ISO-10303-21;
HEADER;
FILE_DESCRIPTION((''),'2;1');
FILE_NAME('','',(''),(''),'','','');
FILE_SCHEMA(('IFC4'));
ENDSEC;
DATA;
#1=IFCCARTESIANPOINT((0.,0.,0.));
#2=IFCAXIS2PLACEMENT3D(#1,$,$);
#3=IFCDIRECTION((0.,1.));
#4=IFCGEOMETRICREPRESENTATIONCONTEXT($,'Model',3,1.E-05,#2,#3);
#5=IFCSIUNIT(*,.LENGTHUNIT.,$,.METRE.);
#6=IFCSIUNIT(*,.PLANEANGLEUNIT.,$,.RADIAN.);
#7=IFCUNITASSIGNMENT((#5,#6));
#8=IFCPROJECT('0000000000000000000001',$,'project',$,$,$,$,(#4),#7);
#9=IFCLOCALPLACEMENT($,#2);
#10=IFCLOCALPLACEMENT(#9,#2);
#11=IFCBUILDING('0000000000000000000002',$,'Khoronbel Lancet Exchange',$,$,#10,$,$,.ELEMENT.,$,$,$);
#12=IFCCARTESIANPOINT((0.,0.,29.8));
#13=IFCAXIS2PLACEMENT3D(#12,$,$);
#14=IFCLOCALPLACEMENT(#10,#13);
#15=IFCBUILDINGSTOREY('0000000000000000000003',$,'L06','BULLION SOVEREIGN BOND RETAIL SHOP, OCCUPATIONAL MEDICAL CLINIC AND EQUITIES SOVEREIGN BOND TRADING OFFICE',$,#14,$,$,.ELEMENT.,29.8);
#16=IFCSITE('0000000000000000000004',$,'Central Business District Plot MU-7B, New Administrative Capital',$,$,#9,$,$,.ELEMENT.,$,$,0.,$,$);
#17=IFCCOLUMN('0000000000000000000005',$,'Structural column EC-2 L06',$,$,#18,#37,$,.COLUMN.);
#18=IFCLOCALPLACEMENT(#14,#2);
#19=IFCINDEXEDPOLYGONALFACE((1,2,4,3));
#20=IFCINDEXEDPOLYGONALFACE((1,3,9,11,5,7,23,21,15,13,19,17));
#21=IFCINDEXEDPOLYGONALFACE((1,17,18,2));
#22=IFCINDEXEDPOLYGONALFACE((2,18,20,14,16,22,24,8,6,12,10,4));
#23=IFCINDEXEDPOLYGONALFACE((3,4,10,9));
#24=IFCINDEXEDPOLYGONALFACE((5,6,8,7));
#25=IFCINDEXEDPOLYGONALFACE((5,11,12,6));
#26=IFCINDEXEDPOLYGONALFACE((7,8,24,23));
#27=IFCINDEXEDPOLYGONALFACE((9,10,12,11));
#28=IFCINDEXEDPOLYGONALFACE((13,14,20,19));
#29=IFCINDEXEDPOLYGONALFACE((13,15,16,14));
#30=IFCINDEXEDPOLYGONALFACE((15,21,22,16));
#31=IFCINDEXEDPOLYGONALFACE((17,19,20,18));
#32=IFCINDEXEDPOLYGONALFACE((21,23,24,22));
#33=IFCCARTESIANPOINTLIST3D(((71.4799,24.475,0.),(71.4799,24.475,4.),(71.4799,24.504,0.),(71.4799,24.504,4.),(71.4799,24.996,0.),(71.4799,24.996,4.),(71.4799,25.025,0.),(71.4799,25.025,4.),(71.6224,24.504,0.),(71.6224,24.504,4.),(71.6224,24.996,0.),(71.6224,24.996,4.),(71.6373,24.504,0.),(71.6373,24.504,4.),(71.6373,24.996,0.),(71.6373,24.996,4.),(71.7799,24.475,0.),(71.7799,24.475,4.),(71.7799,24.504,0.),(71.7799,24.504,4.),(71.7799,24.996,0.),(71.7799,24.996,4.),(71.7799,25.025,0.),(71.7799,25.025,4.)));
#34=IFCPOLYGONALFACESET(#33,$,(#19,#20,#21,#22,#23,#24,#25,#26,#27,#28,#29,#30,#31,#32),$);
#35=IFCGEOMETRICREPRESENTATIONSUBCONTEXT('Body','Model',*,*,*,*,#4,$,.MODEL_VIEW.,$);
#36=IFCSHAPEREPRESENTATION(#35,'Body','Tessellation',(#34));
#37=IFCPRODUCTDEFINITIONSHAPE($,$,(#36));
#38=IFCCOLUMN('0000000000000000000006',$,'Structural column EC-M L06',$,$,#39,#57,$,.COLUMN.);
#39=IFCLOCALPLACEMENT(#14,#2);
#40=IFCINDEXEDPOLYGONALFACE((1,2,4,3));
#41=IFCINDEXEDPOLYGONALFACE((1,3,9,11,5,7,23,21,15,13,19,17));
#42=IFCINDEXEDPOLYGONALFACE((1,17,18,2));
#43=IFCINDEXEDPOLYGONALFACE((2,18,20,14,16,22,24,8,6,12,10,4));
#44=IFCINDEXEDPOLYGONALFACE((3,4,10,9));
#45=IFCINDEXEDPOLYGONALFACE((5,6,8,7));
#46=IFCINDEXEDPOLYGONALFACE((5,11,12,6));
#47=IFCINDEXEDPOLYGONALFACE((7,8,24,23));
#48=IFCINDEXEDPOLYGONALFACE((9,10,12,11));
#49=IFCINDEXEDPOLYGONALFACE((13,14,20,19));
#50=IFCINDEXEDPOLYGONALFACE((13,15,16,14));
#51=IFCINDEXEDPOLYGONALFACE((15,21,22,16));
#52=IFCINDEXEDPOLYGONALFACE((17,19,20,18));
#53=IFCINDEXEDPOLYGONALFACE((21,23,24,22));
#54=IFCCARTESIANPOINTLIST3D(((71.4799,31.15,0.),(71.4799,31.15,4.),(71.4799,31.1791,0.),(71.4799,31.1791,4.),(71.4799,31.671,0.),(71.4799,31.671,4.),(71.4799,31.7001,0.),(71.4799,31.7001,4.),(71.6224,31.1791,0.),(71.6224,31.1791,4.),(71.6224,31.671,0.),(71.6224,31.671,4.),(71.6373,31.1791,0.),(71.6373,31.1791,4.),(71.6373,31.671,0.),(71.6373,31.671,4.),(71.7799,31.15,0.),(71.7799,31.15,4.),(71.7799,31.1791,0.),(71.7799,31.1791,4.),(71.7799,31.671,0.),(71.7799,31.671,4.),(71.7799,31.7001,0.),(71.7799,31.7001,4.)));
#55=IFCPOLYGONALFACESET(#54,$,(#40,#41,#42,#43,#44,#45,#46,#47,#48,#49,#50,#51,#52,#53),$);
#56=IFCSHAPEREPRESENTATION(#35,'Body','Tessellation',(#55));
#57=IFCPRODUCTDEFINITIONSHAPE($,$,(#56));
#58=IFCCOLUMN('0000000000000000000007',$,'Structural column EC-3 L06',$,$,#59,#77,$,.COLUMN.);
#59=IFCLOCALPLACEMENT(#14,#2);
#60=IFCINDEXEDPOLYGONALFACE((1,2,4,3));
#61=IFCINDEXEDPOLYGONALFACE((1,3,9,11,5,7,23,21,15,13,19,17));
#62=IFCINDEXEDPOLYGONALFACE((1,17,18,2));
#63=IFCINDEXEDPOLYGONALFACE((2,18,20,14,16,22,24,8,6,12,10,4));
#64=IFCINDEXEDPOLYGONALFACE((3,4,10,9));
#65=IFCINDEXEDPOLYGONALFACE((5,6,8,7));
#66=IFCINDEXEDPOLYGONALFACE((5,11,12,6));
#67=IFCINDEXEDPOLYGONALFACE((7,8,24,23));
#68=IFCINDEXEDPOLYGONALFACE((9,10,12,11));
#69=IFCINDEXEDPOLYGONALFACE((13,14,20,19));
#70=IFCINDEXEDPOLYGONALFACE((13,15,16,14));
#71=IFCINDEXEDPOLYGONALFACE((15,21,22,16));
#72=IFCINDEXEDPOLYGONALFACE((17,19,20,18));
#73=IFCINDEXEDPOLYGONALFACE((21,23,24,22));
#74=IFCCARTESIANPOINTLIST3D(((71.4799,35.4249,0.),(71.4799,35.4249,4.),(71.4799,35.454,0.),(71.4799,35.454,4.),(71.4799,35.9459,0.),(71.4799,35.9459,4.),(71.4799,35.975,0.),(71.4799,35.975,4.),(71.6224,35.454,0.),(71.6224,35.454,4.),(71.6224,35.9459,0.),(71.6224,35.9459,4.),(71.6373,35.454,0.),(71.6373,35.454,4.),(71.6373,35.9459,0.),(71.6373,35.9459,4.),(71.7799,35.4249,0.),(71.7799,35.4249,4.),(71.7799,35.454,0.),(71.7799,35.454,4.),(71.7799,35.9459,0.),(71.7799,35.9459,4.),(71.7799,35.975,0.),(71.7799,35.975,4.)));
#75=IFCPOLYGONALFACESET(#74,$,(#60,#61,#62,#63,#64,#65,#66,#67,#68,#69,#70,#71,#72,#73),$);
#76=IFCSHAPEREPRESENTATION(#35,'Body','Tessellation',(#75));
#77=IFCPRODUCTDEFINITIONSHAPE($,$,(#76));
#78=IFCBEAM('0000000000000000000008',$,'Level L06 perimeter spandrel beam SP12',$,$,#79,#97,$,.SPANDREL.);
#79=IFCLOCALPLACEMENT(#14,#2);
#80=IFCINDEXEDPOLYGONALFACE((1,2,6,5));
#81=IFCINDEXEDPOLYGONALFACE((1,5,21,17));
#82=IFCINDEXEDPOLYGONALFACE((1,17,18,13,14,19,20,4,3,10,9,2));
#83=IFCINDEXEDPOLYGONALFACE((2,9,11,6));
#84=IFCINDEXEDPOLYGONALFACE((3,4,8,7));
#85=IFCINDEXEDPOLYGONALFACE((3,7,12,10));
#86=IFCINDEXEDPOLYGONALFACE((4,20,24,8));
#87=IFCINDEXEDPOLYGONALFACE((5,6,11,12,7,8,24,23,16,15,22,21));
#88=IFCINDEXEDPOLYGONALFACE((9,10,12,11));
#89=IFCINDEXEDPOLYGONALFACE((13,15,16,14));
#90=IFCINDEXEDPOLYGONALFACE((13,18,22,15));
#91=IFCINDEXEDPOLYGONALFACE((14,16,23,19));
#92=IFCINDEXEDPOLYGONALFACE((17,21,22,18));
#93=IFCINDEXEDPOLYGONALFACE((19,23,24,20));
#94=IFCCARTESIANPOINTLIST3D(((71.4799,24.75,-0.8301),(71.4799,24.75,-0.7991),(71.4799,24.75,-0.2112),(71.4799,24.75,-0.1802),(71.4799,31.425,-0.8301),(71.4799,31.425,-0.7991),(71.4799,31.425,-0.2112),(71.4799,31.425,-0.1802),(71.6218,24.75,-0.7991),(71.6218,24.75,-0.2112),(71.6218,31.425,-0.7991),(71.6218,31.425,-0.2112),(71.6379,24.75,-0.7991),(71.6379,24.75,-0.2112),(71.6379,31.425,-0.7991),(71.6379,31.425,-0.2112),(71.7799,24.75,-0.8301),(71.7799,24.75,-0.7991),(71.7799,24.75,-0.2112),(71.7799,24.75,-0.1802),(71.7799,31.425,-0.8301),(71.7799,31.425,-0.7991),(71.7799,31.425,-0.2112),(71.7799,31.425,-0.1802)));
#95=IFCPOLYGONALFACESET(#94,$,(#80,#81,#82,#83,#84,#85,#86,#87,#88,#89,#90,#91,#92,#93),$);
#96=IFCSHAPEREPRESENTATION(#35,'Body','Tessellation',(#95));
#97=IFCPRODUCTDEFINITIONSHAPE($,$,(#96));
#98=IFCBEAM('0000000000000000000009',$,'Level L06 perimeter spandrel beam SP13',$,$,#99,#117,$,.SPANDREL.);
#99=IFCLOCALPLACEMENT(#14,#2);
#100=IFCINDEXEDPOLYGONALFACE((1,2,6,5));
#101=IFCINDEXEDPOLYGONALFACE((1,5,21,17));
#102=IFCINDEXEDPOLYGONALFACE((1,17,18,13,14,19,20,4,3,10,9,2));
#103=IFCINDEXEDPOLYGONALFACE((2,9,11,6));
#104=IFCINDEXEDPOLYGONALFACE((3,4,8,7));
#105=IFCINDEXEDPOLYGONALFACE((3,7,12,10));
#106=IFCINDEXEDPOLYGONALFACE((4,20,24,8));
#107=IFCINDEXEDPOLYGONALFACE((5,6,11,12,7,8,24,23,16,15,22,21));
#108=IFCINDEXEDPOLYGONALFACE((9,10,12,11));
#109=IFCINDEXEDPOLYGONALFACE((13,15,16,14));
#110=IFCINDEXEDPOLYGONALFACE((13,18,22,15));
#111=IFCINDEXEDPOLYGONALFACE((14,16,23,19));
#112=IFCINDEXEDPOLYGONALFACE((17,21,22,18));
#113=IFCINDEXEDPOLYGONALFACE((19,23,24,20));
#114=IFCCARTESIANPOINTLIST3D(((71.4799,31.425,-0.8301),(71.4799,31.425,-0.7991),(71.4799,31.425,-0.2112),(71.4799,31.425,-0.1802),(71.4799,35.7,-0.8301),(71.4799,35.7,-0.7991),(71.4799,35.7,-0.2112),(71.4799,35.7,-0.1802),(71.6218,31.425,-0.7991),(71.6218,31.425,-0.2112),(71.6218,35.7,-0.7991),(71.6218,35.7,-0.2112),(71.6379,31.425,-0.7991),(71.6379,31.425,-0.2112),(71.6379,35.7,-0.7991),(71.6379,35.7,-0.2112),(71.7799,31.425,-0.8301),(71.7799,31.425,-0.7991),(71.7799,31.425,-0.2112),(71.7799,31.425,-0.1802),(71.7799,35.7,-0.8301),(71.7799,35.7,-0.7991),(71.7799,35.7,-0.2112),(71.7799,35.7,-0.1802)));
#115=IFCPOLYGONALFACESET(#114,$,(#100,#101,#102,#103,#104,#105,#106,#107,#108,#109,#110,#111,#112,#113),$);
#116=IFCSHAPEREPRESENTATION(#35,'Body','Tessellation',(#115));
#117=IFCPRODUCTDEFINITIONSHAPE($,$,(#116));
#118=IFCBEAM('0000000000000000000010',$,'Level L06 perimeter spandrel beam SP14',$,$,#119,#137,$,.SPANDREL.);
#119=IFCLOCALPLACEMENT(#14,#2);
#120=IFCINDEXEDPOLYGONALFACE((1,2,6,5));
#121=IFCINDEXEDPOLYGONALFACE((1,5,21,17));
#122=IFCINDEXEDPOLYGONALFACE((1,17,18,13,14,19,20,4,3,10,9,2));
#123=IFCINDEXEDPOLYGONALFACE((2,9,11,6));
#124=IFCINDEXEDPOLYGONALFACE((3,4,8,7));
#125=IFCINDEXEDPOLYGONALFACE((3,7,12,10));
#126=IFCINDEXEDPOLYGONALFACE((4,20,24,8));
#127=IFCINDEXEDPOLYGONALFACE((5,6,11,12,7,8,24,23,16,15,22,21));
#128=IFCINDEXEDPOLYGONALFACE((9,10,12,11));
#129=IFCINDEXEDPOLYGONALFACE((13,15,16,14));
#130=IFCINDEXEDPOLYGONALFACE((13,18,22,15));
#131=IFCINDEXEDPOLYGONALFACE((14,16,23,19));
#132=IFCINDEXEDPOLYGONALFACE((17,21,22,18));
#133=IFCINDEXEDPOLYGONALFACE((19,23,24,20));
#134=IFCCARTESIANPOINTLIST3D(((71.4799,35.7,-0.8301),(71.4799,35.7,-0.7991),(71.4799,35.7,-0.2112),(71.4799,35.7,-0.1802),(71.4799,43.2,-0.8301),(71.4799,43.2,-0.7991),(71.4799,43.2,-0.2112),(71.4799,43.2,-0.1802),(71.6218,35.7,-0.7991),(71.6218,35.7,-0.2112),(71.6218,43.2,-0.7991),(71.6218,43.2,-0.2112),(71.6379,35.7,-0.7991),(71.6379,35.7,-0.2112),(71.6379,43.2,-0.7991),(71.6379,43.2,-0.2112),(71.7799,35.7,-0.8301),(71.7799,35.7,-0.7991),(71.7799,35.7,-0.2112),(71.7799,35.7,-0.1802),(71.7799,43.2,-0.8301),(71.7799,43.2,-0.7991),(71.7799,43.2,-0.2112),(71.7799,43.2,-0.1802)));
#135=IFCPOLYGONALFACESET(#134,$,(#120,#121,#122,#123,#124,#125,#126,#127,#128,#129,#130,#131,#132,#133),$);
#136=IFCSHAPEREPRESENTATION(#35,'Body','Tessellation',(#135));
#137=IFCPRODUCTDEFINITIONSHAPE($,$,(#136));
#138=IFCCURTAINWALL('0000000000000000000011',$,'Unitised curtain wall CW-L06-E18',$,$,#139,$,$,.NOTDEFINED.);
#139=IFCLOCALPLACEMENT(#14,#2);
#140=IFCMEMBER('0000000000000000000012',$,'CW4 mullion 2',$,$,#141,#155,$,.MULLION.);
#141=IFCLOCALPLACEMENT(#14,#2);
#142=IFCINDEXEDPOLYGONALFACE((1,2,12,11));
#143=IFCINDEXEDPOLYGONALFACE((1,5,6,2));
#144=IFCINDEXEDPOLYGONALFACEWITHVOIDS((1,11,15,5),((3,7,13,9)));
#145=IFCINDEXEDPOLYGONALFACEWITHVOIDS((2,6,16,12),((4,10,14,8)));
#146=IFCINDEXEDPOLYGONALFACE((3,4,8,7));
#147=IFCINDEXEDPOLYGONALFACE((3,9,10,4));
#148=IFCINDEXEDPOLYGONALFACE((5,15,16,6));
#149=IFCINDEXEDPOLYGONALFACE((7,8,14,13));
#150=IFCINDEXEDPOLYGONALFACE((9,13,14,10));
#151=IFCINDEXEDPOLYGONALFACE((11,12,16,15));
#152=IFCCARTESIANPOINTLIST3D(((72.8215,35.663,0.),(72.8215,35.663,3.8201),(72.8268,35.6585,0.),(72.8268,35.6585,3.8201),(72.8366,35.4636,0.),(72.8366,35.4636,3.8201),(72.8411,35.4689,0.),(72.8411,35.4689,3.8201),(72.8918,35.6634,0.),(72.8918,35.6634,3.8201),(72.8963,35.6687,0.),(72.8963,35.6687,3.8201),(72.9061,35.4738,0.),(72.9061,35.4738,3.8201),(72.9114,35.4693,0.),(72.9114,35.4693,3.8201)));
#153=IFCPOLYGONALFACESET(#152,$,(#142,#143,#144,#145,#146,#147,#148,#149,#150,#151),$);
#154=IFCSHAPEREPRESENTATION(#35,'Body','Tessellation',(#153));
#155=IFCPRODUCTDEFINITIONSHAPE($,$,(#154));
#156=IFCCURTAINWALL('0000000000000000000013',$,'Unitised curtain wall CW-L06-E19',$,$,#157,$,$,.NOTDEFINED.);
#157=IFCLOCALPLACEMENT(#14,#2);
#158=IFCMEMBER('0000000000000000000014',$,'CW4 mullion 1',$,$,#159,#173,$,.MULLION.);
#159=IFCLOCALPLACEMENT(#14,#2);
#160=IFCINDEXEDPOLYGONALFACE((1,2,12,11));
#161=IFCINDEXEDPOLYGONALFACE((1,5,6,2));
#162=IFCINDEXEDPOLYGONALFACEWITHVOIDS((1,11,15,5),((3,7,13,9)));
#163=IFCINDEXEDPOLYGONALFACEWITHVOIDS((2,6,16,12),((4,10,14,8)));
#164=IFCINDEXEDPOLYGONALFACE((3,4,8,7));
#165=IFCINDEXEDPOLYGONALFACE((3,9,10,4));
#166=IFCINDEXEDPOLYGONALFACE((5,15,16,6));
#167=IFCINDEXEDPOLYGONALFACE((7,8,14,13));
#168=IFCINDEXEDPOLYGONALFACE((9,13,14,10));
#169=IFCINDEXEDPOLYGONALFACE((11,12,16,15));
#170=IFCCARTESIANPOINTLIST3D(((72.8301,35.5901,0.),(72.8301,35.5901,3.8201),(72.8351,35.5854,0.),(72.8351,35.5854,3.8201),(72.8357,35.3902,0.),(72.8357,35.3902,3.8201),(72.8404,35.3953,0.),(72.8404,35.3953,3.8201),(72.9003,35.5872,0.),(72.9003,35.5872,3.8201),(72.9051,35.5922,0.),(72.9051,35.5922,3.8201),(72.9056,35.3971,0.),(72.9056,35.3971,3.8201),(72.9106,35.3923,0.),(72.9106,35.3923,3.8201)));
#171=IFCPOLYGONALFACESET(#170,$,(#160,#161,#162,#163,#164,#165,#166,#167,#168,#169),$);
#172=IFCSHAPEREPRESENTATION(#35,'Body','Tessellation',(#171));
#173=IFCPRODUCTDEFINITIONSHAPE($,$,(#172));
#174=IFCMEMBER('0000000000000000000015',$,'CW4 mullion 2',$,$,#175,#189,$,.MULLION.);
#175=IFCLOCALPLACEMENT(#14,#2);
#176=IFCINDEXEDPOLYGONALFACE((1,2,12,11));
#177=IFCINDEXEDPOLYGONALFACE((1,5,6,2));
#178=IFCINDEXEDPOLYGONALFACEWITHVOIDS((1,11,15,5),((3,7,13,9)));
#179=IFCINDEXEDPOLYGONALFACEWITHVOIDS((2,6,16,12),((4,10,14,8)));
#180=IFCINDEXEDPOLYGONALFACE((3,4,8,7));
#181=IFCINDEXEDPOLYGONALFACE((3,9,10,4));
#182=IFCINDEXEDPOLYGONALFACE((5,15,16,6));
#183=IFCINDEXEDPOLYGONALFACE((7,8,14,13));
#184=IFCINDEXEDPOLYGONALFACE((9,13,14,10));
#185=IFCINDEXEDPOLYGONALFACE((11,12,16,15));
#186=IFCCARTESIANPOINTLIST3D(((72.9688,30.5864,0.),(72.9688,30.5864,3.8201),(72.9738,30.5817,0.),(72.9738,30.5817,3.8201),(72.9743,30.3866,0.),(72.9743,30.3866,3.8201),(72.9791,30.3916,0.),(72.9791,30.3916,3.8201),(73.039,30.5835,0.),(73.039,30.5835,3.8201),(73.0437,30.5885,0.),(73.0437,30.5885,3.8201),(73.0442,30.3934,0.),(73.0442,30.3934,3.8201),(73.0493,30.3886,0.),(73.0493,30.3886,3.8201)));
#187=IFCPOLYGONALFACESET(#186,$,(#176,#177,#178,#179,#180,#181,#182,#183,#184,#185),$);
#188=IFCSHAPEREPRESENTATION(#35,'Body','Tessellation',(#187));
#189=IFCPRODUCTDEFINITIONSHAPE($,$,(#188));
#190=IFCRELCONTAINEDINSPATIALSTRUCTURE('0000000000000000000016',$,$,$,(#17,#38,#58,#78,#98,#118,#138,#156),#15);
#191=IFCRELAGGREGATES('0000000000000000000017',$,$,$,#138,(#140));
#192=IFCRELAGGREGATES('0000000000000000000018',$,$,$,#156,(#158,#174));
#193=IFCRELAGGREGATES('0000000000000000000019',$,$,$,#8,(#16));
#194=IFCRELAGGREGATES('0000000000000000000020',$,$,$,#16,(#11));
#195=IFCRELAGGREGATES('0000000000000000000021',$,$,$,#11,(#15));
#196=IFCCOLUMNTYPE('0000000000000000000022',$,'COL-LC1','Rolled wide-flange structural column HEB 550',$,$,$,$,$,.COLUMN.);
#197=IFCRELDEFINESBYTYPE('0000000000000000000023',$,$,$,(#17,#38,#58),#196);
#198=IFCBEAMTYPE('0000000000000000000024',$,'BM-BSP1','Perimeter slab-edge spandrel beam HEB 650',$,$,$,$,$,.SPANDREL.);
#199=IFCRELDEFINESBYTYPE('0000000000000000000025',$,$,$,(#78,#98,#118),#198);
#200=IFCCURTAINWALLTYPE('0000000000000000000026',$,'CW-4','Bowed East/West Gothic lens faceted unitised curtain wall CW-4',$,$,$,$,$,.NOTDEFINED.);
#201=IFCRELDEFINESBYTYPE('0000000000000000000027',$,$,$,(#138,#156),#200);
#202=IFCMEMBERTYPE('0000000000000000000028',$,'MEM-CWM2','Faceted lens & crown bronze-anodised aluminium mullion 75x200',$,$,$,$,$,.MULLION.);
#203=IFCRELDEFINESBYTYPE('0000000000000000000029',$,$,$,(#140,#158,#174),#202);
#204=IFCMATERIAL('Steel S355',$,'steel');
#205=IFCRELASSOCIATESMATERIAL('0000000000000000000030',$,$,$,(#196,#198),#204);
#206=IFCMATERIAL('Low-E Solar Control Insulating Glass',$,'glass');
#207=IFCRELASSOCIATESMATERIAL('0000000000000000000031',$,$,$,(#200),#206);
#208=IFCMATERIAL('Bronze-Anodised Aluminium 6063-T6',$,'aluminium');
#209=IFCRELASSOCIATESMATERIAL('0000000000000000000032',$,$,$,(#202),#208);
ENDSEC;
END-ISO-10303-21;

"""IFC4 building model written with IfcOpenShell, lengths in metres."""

from ifc_helpers import new_model, si_unit, direction, frame, origin, origin_2d, place, context, subcontext, project, spatial, hollow_rectangle, i_section, extrude, material, material_profile, profile_set, type_object, element, aggregate, save


model = new_model("IFC4")

# Units and contexts
model_context = context("Model", 3, precision=1e-05, world=origin(), true_north=direction((0.0, 1.0)))
body_context = subcontext(model_context, "Body", "Model", "MODEL_VIEW")
ifc_project = project(units=[si_unit("LENGTHUNIT", "METRE"), si_unit("PLANEANGLEUNIT", "RADIAN")], contexts=[model_context])

# Site, building, storey
site_placement = place(None, origin())
site = spatial("IfcSite", under=ifc_project, at=site_placement, Name="Central Business District Plot MU-7B, New Administrative Capital", CompositionType="ELEMENT", RefElevation=0.0)
building_placement = place(site_placement, origin())
building = spatial("IfcBuilding", under=site, at=building_placement, Name="Khoronbel Lancet Exchange", CompositionType="ELEMENT")
storey_placement = place(building_placement, frame((0.0, 0.0, 29.8)))
storey = spatial("IfcBuildingStorey", under=building, at=storey_placement, Name="L06", Description="BULLION SOVEREIGN BOND RETAIL SHOP, OCCUPATIONAL MEDICAL CLINIC AND EQUITIES SOVEREIGN BOND TRADING OFFICE", CompositionType="ELEMENT", Elevation=29.8)

# Columns
ifc_material_1 = material(Name="Steel S355", Category="steel")
ifc_material_profile_1 = material_profile(ifc_material_1, i_section(OverallWidth=0.3, OverallDepth=0.55, WebThickness=0.0149, FlangeThickness=0.0291, at=origin_2d()), Name="HEB 550")
ifc_profile_set_1 = profile_set([ifc_material_profile_1], Name="Steel S355")
column_type = type_object("IfcColumnType", Name="COL-LC1", Description="Rolled wide-flange structural column HEB 550", PredefinedType="COLUMN", material=ifc_profile_set_1)
for number, where, z_axis, x_axis, name in (
    (1, (71.6299, 24.75, 0.0), (0.0, 0.0, 1.0), (1.0, 0.0, 0.0), "Structural column EC-2 L06"),
    (2, (71.6299, 31.425, 0.0), (0.0, 0.0, 1.0), (1.0, 0.0, 0.0), "Structural column EC-M L06"),
    (3, (71.6299, 35.7, 0.0), (0.0, 0.0, 1.0), (1.0, 0.0, 0.0), "Structural column EC-3 L06"),
):
    element("IfcColumn", number, at=place(storey_placement, frame(where, z_axis=z_axis, x_axis=x_axis)), inside=storey, type_object=column_type, Name=name, PredefinedType="COLUMN", context=body_context, shape_type="SweptSolid", body=[
        extrude(i_section(OverallWidth=0.3, OverallDepth=0.55, WebThickness=0.0149, FlangeThickness=0.0291, at=origin_2d()), origin(), (0.0, 0.0, 1.0), 4.0),
    ])

# Beams
ifc_material_profile_2 = material_profile(ifc_material_1, i_section(OverallWidth=0.3, OverallDepth=0.6499, WebThickness=0.0161, FlangeThickness=0.031, at=origin_2d()), Name="HEB 650")
ifc_profile_set_2 = profile_set([ifc_material_profile_2], Name="Steel S355")
beam_type = type_object("IfcBeamType", Name="BM-BSP1", Description="Perimeter slab-edge spandrel beam HEB 650", PredefinedType="SPANDREL", material=ifc_profile_set_2)
beam_1_placement = place(storey_placement, frame((71.6299, 24.75, -0.5051), z_axis=(0.0, 1.0, 0.0), x_axis=(-1.0, 0.0, 0.0)))
element("IfcBeam", 4, at=beam_1_placement, inside=storey, type_object=beam_type, Name="Level L06 perimeter spandrel beam SP12", PredefinedType="SPANDREL", context=body_context, shape_type="SweptSolid", body=[
    extrude(i_section(OverallWidth=0.3, OverallDepth=0.6499, WebThickness=0.0161, FlangeThickness=0.031, at=origin_2d()), origin(), (0.0, 0.0, 1.0), 6.675),
])
beam_2_placement = place(storey_placement, frame((71.6299, 31.425, -0.5051), z_axis=(0.0, 1.0, 0.0), x_axis=(-1.0, 0.0, 0.0)))
element("IfcBeam", 5, at=beam_2_placement, inside=storey, type_object=beam_type, Name="Level L06 perimeter spandrel beam SP13", PredefinedType="SPANDREL", context=body_context, shape_type="SweptSolid", body=[
    extrude(i_section(OverallWidth=0.3, OverallDepth=0.6499, WebThickness=0.0161, FlangeThickness=0.031, at=origin_2d()), origin(), (0.0, 0.0, 1.0), 4.2749),
])
beam_3_placement = place(storey_placement, frame((71.6299, 35.7, -0.5051), z_axis=(0.0, 1.0, 0.0), x_axis=(-1.0, 0.0, 0.0)))
element("IfcBeam", 6, at=beam_3_placement, inside=storey, type_object=beam_type, Name="Level L06 perimeter spandrel beam SP14", PredefinedType="SPANDREL", context=body_context, shape_type="SweptSolid", body=[
    extrude(i_section(OverallWidth=0.3, OverallDepth=0.6499, WebThickness=0.0161, FlangeThickness=0.031, at=origin_2d()), origin(), (0.0, 0.0, 1.0), 7.5),
])

# Curtain wall, member
ifc_material_2 = material(Name="Low-E Solar Control Insulating Glass", Category="glass")
curtain_wall_type = type_object("IfcCurtainWallType", Name="CW-4", Description="Bowed East/West Gothic lens faceted unitised curtain wall CW-4", PredefinedType="NOTDEFINED", material=ifc_material_2)
curtain_wall_1_placement = place(storey_placement, origin())
curtain_wall_1 = element("IfcCurtainWall", 7, at=curtain_wall_1_placement, inside=storey, type_object=curtain_wall_type, Name="Unitised curtain wall CW-L06-E18", PredefinedType="NOTDEFINED")
ifc_material_3 = material(Name="Bronze-Anodised Aluminium 6063-T6", Category="aluminium")
ifc_material_profile_3 = material_profile(ifc_material_3, hollow_rectangle(XDim=0.075, YDim=0.2, WallThickness=0.0049, at=origin_2d()), Name="ALU MULLION 75x200")
ifc_profile_set_3 = profile_set([ifc_material_profile_3], Name="Bronze-Anodised Aluminium 6063-T6")
member_type_1 = type_object("IfcMemberType", Name="MEM-CWM2", Description="Faceted lens & crown bronze-anodised aluminium mullion 75x200", PredefinedType="MULLION", material=ifc_profile_set_3)
member_1_placement = place(storey_placement, frame((72.8665, 35.5662, 0.0), z_axis=(0.0, 0.0, 1.0), x_axis=(0.997154, 0.075395, 0.0)))
member_1 = element("IfcMember", 8, at=member_1_placement, type_object=member_type_1, Name="CW4 mullion 2", PredefinedType="MULLION", context=body_context, shape_type="SweptSolid", body=[
    extrude(hollow_rectangle(XDim=0.075, YDim=0.2, WallThickness=0.0049, at=origin_2d()), origin(), (0.0, 0.0, 1.0), 3.8201),
])

# Curtain wall, members
curtain_wall_2_placement = place(storey_placement, origin())
curtain_wall_2 = element("IfcCurtainWall", 9, at=curtain_wall_2_placement, inside=storey, type_object=curtain_wall_type, Name="Unitised curtain wall CW-L06-E19", PredefinedType="NOTDEFINED")
member_2_placement = place(storey_placement, frame((72.8704, 35.4912, 0.0), z_axis=(0.0, 0.0, 1.0), x_axis=(0.999617, 0.027674, 0.0)))
member_2 = element("IfcMember", 10, at=member_2_placement, type_object=member_type_1, Name="CW4 mullion 1", PredefinedType="MULLION", context=body_context, shape_type="SweptSolid", body=[
    extrude(hollow_rectangle(XDim=0.075, YDim=0.2, WallThickness=0.0049, at=origin_2d()), origin(), (0.0, 0.0, 1.0), 3.8201),
])
member_3_placement = place(storey_placement, frame((73.009, 30.4875, 0.0), z_axis=(0.0, 0.0, 1.0), x_axis=(0.999617, 0.027674, 0.0)))
member_3 = element("IfcMember", 11, at=member_3_placement, type_object=member_type_1, Name="CW4 mullion 2", PredefinedType="MULLION", context=body_context, shape_type="SweptSolid", body=[
    extrude(hollow_rectangle(XDim=0.075, YDim=0.2, WallThickness=0.0049, at=origin_2d()), origin(), (0.0, 0.0, 1.0), 3.8201),
])

aggregate(curtain_wall_1, [member_1])
aggregate(curtain_wall_2, [member_2, member_3])

save(model, "model.ifc")
